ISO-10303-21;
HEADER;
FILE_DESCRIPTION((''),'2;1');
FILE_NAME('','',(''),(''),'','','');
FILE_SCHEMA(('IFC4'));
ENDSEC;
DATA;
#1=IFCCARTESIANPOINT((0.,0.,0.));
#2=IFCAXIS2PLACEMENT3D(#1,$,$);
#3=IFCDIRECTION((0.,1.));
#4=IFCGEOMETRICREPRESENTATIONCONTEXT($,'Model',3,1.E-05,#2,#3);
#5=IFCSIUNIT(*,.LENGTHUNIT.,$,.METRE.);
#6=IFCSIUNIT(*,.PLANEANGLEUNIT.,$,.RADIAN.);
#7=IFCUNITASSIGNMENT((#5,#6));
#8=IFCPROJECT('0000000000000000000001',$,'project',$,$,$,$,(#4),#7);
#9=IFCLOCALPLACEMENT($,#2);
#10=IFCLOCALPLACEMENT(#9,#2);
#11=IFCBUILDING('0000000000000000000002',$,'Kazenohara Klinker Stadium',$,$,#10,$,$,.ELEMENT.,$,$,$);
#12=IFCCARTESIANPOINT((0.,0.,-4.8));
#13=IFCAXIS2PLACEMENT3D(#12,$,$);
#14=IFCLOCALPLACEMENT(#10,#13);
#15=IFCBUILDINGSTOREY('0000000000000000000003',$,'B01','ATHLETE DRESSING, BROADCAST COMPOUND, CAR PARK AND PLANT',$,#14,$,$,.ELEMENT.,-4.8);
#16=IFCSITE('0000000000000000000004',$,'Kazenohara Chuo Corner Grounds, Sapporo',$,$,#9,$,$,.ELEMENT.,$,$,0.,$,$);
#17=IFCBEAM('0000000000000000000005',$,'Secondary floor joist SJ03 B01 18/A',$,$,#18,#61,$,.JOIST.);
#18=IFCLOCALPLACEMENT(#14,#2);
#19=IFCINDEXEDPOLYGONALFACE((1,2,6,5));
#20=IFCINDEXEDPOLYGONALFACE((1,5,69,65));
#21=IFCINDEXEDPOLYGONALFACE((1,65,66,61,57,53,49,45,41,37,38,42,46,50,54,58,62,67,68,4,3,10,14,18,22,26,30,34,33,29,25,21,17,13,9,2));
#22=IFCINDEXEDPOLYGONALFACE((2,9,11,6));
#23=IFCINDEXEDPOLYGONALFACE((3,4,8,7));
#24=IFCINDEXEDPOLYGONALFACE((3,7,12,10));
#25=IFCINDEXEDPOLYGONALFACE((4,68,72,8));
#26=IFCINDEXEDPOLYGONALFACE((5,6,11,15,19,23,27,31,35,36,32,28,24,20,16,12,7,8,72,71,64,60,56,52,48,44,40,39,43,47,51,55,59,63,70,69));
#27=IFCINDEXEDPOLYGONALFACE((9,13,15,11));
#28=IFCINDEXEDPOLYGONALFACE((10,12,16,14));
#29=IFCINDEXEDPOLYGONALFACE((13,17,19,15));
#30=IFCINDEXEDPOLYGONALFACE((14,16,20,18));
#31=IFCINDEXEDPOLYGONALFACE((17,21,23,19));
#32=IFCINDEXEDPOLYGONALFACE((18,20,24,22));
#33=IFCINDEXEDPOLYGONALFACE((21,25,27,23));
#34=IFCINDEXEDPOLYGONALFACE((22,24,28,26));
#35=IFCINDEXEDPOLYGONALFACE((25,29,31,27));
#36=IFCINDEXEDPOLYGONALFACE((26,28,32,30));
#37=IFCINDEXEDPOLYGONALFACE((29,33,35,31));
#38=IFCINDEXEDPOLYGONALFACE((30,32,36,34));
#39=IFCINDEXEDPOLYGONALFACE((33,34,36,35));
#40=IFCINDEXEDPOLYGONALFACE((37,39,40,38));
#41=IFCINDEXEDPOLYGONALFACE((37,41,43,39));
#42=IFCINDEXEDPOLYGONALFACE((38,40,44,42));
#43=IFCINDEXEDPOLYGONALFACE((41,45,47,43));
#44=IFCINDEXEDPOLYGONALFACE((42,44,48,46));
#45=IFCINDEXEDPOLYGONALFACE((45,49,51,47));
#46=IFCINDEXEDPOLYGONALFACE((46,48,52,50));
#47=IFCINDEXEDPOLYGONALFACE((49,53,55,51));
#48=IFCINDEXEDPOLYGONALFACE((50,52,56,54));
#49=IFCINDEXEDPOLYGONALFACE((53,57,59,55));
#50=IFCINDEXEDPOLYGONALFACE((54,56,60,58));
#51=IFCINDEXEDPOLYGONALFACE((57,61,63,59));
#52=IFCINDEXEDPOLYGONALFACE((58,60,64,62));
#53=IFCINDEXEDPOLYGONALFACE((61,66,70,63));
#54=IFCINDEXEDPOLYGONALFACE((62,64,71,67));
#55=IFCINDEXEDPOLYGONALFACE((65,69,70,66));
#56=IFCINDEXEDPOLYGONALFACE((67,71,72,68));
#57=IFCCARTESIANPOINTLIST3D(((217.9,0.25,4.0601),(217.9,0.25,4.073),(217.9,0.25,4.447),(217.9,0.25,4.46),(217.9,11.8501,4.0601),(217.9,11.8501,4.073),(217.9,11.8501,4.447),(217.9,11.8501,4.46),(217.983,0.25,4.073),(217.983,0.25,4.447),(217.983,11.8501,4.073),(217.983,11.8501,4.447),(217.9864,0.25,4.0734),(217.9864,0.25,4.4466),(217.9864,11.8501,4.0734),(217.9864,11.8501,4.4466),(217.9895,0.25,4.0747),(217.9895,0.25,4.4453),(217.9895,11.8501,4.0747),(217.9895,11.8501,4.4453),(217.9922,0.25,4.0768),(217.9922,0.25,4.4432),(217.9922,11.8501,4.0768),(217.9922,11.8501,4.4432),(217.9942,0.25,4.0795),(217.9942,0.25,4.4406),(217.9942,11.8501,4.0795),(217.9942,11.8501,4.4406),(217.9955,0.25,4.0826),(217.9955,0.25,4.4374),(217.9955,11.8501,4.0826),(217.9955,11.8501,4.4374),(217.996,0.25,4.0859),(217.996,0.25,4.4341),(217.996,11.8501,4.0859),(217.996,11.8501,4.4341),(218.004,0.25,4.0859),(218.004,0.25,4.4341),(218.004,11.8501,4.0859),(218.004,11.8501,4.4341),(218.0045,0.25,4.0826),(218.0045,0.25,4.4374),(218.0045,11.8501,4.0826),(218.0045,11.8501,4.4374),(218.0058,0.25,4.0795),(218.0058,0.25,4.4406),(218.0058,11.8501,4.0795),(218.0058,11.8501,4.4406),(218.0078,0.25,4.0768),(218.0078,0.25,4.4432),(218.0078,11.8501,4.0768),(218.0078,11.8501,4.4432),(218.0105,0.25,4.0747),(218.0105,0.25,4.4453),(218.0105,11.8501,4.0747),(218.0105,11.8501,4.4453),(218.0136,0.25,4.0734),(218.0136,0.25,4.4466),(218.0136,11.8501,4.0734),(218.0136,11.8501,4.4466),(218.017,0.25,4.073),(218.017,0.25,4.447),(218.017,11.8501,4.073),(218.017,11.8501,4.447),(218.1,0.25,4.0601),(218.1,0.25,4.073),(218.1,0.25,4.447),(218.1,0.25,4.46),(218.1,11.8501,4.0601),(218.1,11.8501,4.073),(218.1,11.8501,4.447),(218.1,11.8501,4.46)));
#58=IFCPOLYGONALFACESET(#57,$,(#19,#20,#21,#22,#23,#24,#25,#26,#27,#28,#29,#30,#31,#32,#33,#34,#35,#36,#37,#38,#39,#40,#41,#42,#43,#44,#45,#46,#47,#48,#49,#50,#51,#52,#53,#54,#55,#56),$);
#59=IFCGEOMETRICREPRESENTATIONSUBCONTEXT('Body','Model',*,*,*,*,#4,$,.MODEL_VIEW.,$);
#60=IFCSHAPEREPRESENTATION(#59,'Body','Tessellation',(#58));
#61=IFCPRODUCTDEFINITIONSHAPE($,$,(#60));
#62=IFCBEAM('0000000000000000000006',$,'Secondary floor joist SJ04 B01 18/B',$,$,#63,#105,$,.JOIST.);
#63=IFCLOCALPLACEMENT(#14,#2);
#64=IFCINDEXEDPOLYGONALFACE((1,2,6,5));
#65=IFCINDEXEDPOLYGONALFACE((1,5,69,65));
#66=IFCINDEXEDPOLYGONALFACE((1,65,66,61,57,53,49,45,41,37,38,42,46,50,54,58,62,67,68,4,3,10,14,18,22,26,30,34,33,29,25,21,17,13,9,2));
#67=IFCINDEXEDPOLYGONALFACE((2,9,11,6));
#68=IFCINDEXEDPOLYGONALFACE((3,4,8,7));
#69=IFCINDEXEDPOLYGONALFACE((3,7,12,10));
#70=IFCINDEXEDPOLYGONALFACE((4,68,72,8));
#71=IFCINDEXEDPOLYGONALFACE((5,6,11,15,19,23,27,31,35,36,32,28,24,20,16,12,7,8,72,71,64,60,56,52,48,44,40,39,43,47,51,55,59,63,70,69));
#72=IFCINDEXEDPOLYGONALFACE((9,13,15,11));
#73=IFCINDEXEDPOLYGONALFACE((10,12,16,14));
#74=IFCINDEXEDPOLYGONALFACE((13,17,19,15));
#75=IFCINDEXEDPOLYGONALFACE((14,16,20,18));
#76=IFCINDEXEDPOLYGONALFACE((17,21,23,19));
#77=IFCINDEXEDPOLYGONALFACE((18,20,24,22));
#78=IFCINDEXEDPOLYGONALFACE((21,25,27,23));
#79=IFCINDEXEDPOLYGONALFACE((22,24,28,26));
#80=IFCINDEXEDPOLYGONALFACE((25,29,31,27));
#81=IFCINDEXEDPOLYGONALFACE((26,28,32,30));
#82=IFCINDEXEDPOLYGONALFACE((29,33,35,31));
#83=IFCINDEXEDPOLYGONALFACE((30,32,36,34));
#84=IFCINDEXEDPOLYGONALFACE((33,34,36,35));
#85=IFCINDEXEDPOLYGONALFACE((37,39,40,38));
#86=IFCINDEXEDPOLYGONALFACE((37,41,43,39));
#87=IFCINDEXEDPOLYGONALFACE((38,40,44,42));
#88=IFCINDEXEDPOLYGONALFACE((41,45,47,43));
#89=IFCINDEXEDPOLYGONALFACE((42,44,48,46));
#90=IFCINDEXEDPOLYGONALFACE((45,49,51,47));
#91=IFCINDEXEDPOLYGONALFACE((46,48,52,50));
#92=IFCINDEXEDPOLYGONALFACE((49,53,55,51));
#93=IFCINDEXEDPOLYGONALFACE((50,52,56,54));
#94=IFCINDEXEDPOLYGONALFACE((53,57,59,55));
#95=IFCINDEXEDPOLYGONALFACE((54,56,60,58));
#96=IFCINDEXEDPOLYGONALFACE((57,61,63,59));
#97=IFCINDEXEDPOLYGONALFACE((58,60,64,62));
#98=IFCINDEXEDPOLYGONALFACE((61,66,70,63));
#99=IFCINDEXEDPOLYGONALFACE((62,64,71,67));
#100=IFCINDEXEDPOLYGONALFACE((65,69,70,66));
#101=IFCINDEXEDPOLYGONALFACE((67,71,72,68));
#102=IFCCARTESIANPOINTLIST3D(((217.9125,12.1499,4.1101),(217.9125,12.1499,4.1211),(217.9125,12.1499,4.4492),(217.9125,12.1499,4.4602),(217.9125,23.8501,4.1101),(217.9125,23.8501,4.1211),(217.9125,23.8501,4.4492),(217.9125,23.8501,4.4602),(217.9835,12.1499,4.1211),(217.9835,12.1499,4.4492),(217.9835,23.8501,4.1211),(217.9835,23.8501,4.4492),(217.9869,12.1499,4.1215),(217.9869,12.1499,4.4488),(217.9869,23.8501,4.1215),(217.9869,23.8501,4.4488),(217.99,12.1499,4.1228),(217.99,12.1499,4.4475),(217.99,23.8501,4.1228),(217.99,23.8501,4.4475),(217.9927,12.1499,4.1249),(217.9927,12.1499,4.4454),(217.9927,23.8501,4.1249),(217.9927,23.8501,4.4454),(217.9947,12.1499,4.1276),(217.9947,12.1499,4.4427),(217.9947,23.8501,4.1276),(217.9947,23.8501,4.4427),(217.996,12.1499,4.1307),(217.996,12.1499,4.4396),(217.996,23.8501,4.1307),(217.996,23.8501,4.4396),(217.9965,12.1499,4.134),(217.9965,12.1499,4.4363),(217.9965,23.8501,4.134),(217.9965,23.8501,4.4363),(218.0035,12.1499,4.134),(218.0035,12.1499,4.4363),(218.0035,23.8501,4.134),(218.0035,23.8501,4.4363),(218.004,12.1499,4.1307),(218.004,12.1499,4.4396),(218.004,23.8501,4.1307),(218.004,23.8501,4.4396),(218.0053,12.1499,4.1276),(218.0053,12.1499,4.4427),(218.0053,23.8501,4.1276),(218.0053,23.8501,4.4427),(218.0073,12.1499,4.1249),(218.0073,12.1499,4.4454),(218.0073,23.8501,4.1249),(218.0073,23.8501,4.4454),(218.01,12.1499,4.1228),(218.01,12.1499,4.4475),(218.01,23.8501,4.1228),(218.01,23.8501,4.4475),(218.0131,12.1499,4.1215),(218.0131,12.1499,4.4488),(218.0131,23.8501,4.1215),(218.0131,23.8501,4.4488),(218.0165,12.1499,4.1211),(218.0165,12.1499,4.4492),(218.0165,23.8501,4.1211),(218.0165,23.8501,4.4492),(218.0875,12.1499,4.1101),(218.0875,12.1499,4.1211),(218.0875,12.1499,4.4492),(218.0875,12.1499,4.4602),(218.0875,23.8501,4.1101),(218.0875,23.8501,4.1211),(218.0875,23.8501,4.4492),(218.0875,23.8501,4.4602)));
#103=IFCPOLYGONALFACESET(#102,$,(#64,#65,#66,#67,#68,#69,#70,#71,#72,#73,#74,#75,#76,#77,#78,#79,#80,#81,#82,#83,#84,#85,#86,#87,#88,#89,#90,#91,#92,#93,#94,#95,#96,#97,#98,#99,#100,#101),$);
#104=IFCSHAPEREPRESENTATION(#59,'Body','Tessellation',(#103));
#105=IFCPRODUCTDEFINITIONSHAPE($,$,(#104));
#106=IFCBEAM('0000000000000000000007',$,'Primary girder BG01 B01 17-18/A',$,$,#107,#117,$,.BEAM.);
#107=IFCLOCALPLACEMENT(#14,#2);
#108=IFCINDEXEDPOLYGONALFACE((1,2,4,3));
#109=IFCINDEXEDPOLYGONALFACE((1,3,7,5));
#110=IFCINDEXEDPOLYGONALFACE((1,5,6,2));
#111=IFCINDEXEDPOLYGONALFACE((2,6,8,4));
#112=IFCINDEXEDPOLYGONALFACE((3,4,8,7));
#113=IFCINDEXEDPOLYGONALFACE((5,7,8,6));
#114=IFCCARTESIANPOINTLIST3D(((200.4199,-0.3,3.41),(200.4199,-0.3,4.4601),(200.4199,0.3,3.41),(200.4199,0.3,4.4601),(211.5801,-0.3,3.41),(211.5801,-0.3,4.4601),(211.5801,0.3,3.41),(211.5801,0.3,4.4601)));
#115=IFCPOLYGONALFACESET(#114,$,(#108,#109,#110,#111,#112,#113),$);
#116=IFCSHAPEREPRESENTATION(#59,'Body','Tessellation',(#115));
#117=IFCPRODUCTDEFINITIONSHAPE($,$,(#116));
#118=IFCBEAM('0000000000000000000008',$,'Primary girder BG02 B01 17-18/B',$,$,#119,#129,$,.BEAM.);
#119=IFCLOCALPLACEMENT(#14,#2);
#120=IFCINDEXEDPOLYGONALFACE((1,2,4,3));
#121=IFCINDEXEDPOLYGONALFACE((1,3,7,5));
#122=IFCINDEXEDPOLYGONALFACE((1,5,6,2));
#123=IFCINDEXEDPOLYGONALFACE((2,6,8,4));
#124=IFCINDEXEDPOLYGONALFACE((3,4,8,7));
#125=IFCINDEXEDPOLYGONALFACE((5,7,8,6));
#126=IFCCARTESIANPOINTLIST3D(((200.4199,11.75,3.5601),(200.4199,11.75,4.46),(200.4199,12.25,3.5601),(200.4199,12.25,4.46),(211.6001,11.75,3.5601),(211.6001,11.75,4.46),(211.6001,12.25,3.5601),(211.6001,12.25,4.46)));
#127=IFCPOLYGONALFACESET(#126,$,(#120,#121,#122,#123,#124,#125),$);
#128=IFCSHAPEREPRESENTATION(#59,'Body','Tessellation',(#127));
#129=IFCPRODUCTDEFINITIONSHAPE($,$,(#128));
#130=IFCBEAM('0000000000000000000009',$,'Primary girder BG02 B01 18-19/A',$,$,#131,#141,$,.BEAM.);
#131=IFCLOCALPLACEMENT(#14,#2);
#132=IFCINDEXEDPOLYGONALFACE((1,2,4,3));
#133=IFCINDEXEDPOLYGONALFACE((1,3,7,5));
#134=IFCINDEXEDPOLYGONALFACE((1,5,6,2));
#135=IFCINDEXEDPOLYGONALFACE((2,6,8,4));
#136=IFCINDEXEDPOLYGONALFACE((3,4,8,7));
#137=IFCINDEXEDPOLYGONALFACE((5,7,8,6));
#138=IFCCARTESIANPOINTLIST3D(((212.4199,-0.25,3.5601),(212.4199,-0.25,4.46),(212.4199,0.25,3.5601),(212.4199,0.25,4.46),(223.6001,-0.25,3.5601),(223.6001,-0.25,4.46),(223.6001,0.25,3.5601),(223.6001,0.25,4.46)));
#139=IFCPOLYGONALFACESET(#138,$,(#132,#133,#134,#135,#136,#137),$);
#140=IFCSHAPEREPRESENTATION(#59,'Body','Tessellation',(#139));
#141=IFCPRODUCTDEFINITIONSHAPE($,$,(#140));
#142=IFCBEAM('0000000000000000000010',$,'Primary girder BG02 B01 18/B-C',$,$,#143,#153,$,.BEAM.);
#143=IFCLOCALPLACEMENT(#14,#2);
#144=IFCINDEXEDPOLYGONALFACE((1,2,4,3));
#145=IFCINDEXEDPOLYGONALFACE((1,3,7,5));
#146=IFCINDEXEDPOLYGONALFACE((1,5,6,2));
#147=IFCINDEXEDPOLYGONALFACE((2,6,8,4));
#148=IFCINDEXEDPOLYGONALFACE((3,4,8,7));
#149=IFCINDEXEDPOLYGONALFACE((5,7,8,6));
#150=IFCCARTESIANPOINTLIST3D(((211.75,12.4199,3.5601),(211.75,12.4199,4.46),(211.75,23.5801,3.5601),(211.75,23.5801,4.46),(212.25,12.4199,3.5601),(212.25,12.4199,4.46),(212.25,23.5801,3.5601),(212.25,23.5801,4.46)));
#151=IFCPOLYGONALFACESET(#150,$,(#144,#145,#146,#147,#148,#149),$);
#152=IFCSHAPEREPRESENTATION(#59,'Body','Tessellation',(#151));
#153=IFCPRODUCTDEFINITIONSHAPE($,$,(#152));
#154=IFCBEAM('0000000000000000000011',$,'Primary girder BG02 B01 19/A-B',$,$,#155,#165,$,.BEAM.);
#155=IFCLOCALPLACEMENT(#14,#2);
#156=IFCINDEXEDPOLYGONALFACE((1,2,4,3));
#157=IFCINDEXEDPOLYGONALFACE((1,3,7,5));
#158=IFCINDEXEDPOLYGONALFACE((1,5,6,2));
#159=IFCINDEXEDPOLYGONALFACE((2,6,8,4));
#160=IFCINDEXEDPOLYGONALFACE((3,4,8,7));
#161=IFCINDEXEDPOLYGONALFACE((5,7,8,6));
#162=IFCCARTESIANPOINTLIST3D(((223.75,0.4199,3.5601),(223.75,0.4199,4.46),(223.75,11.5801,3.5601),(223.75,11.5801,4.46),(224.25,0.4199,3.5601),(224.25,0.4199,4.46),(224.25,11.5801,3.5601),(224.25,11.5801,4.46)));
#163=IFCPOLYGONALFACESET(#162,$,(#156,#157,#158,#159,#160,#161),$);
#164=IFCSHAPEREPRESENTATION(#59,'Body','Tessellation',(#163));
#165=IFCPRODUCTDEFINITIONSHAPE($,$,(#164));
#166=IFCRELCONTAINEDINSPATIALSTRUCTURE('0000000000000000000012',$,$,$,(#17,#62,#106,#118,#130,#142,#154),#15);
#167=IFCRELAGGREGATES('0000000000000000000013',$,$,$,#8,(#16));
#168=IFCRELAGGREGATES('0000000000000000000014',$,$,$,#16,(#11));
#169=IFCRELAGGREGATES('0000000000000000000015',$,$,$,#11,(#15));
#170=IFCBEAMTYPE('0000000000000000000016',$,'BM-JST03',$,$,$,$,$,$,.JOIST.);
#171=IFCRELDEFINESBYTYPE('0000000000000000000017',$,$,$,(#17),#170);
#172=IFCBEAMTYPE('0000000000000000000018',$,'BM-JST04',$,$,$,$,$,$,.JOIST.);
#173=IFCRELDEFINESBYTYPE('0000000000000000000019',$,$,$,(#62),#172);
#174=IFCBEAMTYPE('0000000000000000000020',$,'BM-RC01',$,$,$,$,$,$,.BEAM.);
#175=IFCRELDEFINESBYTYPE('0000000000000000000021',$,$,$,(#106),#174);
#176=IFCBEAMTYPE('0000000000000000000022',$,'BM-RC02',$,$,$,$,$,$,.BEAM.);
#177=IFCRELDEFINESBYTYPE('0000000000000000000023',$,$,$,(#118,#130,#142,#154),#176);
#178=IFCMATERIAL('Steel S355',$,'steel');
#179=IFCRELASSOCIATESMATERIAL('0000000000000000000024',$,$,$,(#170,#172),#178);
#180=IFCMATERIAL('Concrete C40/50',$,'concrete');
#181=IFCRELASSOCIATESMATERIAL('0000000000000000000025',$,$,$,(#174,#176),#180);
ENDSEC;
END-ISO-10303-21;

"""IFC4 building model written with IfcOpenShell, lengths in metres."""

from ifc_helpers import new_model, si_unit, direction, frame, origin, origin_2d, place, context, subcontext, project, spatial, rectangle, i_section, extrude, material, material_profile, profile_set, type_object, element, save


model = new_model("IFC4")

# Units and contexts
model_context = context("Model", 3, precision=1e-05, world=origin(), true_north=direction((0.0, 1.0)))
body_context = subcontext(model_context, "Body", "Model", "MODEL_VIEW")
ifc_project = project(units=[si_unit("LENGTHUNIT", "METRE"), si_unit("PLANEANGLEUNIT", "RADIAN")], contexts=[model_context])

# Site, building, storey
site_placement = place(None, origin())
site = spatial("IfcSite", under=ifc_project, at=site_placement, Name="Kazenohara Chuo Corner Grounds, Sapporo", CompositionType="ELEMENT", RefElevation=0.0)
building_placement = place(site_placement, origin())
building = spatial("IfcBuilding", under=site, at=building_placement, Name="Kazenohara Klinker Stadium", CompositionType="ELEMENT")
storey_placement = place(building_placement, frame((0.0, 0.0, -4.8)))
storey = spatial("IfcBuildingStorey", under=building, at=storey_placement, Name="B01", Description="ATHLETE DRESSING, BROADCAST COMPOUND, CAR PARK AND PLANT", CompositionType="ELEMENT", Elevation=-4.8)

# Shared definitions
ifc_material_1 = material(Name="Concrete C40/50", Category="concrete")

# Beams
ifc_material_2 = material(Name="Steel S355", Category="steel")
ifc_material_profile_1 = material_profile(ifc_material_2, i_section(OverallWidth=0.2, OverallDepth=0.3999, WebThickness=0.0081, FlangeThickness=0.0129, FilletRadius=0.0129, at=origin_2d()), Name="H-400x200x8x13")
ifc_profile_set_1 = profile_set([ifc_material_profile_1], Name="Steel S355")
beam_type_1 = type_object("IfcBeamType", Name="BM-JST03", PredefinedType="JOIST", material=ifc_profile_set_1)
for number, where, z_axis, x_axis, name in (
    (1, (218.0, 0.25, 4.26), (0.0, 1.0, 0.0), (-1.0, 0.0, 0.0), "Secondary floor joist SJ03 B01 18/A"),
):
    element("IfcBeam", number, at=place(storey_placement, frame(where, z_axis=z_axis, x_axis=x_axis)), inside=storey, type_object=beam_type_1, Name=name, PredefinedType="JOIST", context=body_context, shape_type="SweptSolid", body=[
        extrude(i_section(OverallWidth=0.2, OverallDepth=0.3999, WebThickness=0.0081, FlangeThickness=0.0129, FilletRadius=0.0129, at=origin_2d()), origin(), (0.0, 0.0, 1.0), 11.6001),
    ])
ifc_material_profile_2 = material_profile(ifc_material_2, i_section(OverallWidth=0.175, OverallDepth=0.3501, WebThickness=0.0071, FlangeThickness=0.011, FilletRadius=0.0129, at=origin_2d()), Name="H-350x175x7x11")
ifc_profile_set_2 = profile_set([ifc_material_profile_2], Name="Steel S355")
beam_type_2 = type_object("IfcBeamType", Name="BM-JST04", PredefinedType="JOIST", material=ifc_profile_set_2)
beam_1_placement = place(storey_placement, frame((218.0, 12.1499, 4.2852), z_axis=(0.0, 1.0, 0.0), x_axis=(-1.0, 0.0, 0.0)))
element("IfcBeam", 2, at=beam_1_placement, inside=storey, type_object=beam_type_2, Name="Secondary floor joist SJ04 B01 18/B", PredefinedType="JOIST", context=body_context, shape_type="SweptSolid", body=[
    extrude(i_section(OverallWidth=0.175, OverallDepth=0.3501, WebThickness=0.0071, FlangeThickness=0.011, FilletRadius=0.0129, at=origin_2d()), origin(), (0.0, 0.0, 1.0), 11.7002),
])
ifc_material_profile_3 = material_profile(ifc_material_1, rectangle(XDim=0.6001, YDim=1.05, at=origin_2d()), Name="RC-BM-600x1050")
ifc_profile_set_3 = profile_set([ifc_material_profile_3], Name="Concrete C40/50")
beam_type_3 = type_object("IfcBeamType", Name="BM-RC01", PredefinedType="BEAM", material=ifc_profile_set_3)
beam_2_placement = place(storey_placement, frame((200.4199, 0.0, 3.9351), z_axis=(1.0, 0.0, 0.0), x_axis=(0.0, 1.0, 0.0)))
element("IfcBeam", 3, at=beam_2_placement, inside=storey, type_object=beam_type_3, Name="Primary girder BG01 B01 17-18/A", PredefinedType="BEAM", context=body_context, shape_type="SweptSolid", body=[
    extrude(rectangle(XDim=0.6001, YDim=1.05, at=origin_2d()), origin(), (0.0, 0.0, 1.0), 11.1602),
])
ifc_material_profile_4 = material_profile(ifc_material_1, rectangle(XDim=0.5, YDim=0.8999, at=origin_2d()), Name="RC-BM-500x900")
ifc_profile_set_4 = profile_set([ifc_material_profile_4], Name="Concrete C40/50")
beam_type_4 = type_object("IfcBeamType", Name="BM-RC02", PredefinedType="BEAM", material=ifc_profile_set_4)
for number, where, z_axis, x_axis, name in (
    (4, (200.4199, 12.0, 4.01), (1.0, 0.0, 0.0), (0.0, 1.0, 0.0), "Primary girder BG02 B01 17-18/B"),
    (5, (212.4199, 0.0, 4.01), (1.0, 0.0, 0.0), (0.0, 1.0, 0.0), "Primary girder BG02 B01 18-19/A"),
):
    element("IfcBeam", number, at=place(storey_placement, frame(where, z_axis=z_axis, x_axis=x_axis)), inside=storey, type_object=beam_type_4, Name=name, PredefinedType="BEAM", context=body_context, shape_type="SweptSolid", body=[
        extrude(rectangle(XDim=0.5, YDim=0.8999, at=origin_2d()), origin(), (0.0, 0.0, 1.0), 11.1802),
    ])
for number, where, z_axis, x_axis, name in (
    (6, (212.0, 12.4199, 4.01), (0.0, 1.0, 0.0), (-1.0, 0.0, 0.0), "Primary girder BG02 B01 18/B-C"),
    (7, (224.0, 0.4199, 4.01), (0.0, 1.0, 0.0), (-1.0, 0.0, 0.0), "Primary girder BG02 B01 19/A-B"),
):
    element("IfcBeam", number, at=place(storey_placement, frame(where, z_axis=z_axis, x_axis=x_axis)), inside=storey, type_object=beam_type_4, Name=name, PredefinedType="BEAM", context=body_context, shape_type="SweptSolid", body=[
        extrude(rectangle(XDim=0.5, YDim=0.8999, at=origin_2d()), origin(), (0.0, 0.0, 1.0), 11.1602),
    ])

save(model, "model.ifc")
